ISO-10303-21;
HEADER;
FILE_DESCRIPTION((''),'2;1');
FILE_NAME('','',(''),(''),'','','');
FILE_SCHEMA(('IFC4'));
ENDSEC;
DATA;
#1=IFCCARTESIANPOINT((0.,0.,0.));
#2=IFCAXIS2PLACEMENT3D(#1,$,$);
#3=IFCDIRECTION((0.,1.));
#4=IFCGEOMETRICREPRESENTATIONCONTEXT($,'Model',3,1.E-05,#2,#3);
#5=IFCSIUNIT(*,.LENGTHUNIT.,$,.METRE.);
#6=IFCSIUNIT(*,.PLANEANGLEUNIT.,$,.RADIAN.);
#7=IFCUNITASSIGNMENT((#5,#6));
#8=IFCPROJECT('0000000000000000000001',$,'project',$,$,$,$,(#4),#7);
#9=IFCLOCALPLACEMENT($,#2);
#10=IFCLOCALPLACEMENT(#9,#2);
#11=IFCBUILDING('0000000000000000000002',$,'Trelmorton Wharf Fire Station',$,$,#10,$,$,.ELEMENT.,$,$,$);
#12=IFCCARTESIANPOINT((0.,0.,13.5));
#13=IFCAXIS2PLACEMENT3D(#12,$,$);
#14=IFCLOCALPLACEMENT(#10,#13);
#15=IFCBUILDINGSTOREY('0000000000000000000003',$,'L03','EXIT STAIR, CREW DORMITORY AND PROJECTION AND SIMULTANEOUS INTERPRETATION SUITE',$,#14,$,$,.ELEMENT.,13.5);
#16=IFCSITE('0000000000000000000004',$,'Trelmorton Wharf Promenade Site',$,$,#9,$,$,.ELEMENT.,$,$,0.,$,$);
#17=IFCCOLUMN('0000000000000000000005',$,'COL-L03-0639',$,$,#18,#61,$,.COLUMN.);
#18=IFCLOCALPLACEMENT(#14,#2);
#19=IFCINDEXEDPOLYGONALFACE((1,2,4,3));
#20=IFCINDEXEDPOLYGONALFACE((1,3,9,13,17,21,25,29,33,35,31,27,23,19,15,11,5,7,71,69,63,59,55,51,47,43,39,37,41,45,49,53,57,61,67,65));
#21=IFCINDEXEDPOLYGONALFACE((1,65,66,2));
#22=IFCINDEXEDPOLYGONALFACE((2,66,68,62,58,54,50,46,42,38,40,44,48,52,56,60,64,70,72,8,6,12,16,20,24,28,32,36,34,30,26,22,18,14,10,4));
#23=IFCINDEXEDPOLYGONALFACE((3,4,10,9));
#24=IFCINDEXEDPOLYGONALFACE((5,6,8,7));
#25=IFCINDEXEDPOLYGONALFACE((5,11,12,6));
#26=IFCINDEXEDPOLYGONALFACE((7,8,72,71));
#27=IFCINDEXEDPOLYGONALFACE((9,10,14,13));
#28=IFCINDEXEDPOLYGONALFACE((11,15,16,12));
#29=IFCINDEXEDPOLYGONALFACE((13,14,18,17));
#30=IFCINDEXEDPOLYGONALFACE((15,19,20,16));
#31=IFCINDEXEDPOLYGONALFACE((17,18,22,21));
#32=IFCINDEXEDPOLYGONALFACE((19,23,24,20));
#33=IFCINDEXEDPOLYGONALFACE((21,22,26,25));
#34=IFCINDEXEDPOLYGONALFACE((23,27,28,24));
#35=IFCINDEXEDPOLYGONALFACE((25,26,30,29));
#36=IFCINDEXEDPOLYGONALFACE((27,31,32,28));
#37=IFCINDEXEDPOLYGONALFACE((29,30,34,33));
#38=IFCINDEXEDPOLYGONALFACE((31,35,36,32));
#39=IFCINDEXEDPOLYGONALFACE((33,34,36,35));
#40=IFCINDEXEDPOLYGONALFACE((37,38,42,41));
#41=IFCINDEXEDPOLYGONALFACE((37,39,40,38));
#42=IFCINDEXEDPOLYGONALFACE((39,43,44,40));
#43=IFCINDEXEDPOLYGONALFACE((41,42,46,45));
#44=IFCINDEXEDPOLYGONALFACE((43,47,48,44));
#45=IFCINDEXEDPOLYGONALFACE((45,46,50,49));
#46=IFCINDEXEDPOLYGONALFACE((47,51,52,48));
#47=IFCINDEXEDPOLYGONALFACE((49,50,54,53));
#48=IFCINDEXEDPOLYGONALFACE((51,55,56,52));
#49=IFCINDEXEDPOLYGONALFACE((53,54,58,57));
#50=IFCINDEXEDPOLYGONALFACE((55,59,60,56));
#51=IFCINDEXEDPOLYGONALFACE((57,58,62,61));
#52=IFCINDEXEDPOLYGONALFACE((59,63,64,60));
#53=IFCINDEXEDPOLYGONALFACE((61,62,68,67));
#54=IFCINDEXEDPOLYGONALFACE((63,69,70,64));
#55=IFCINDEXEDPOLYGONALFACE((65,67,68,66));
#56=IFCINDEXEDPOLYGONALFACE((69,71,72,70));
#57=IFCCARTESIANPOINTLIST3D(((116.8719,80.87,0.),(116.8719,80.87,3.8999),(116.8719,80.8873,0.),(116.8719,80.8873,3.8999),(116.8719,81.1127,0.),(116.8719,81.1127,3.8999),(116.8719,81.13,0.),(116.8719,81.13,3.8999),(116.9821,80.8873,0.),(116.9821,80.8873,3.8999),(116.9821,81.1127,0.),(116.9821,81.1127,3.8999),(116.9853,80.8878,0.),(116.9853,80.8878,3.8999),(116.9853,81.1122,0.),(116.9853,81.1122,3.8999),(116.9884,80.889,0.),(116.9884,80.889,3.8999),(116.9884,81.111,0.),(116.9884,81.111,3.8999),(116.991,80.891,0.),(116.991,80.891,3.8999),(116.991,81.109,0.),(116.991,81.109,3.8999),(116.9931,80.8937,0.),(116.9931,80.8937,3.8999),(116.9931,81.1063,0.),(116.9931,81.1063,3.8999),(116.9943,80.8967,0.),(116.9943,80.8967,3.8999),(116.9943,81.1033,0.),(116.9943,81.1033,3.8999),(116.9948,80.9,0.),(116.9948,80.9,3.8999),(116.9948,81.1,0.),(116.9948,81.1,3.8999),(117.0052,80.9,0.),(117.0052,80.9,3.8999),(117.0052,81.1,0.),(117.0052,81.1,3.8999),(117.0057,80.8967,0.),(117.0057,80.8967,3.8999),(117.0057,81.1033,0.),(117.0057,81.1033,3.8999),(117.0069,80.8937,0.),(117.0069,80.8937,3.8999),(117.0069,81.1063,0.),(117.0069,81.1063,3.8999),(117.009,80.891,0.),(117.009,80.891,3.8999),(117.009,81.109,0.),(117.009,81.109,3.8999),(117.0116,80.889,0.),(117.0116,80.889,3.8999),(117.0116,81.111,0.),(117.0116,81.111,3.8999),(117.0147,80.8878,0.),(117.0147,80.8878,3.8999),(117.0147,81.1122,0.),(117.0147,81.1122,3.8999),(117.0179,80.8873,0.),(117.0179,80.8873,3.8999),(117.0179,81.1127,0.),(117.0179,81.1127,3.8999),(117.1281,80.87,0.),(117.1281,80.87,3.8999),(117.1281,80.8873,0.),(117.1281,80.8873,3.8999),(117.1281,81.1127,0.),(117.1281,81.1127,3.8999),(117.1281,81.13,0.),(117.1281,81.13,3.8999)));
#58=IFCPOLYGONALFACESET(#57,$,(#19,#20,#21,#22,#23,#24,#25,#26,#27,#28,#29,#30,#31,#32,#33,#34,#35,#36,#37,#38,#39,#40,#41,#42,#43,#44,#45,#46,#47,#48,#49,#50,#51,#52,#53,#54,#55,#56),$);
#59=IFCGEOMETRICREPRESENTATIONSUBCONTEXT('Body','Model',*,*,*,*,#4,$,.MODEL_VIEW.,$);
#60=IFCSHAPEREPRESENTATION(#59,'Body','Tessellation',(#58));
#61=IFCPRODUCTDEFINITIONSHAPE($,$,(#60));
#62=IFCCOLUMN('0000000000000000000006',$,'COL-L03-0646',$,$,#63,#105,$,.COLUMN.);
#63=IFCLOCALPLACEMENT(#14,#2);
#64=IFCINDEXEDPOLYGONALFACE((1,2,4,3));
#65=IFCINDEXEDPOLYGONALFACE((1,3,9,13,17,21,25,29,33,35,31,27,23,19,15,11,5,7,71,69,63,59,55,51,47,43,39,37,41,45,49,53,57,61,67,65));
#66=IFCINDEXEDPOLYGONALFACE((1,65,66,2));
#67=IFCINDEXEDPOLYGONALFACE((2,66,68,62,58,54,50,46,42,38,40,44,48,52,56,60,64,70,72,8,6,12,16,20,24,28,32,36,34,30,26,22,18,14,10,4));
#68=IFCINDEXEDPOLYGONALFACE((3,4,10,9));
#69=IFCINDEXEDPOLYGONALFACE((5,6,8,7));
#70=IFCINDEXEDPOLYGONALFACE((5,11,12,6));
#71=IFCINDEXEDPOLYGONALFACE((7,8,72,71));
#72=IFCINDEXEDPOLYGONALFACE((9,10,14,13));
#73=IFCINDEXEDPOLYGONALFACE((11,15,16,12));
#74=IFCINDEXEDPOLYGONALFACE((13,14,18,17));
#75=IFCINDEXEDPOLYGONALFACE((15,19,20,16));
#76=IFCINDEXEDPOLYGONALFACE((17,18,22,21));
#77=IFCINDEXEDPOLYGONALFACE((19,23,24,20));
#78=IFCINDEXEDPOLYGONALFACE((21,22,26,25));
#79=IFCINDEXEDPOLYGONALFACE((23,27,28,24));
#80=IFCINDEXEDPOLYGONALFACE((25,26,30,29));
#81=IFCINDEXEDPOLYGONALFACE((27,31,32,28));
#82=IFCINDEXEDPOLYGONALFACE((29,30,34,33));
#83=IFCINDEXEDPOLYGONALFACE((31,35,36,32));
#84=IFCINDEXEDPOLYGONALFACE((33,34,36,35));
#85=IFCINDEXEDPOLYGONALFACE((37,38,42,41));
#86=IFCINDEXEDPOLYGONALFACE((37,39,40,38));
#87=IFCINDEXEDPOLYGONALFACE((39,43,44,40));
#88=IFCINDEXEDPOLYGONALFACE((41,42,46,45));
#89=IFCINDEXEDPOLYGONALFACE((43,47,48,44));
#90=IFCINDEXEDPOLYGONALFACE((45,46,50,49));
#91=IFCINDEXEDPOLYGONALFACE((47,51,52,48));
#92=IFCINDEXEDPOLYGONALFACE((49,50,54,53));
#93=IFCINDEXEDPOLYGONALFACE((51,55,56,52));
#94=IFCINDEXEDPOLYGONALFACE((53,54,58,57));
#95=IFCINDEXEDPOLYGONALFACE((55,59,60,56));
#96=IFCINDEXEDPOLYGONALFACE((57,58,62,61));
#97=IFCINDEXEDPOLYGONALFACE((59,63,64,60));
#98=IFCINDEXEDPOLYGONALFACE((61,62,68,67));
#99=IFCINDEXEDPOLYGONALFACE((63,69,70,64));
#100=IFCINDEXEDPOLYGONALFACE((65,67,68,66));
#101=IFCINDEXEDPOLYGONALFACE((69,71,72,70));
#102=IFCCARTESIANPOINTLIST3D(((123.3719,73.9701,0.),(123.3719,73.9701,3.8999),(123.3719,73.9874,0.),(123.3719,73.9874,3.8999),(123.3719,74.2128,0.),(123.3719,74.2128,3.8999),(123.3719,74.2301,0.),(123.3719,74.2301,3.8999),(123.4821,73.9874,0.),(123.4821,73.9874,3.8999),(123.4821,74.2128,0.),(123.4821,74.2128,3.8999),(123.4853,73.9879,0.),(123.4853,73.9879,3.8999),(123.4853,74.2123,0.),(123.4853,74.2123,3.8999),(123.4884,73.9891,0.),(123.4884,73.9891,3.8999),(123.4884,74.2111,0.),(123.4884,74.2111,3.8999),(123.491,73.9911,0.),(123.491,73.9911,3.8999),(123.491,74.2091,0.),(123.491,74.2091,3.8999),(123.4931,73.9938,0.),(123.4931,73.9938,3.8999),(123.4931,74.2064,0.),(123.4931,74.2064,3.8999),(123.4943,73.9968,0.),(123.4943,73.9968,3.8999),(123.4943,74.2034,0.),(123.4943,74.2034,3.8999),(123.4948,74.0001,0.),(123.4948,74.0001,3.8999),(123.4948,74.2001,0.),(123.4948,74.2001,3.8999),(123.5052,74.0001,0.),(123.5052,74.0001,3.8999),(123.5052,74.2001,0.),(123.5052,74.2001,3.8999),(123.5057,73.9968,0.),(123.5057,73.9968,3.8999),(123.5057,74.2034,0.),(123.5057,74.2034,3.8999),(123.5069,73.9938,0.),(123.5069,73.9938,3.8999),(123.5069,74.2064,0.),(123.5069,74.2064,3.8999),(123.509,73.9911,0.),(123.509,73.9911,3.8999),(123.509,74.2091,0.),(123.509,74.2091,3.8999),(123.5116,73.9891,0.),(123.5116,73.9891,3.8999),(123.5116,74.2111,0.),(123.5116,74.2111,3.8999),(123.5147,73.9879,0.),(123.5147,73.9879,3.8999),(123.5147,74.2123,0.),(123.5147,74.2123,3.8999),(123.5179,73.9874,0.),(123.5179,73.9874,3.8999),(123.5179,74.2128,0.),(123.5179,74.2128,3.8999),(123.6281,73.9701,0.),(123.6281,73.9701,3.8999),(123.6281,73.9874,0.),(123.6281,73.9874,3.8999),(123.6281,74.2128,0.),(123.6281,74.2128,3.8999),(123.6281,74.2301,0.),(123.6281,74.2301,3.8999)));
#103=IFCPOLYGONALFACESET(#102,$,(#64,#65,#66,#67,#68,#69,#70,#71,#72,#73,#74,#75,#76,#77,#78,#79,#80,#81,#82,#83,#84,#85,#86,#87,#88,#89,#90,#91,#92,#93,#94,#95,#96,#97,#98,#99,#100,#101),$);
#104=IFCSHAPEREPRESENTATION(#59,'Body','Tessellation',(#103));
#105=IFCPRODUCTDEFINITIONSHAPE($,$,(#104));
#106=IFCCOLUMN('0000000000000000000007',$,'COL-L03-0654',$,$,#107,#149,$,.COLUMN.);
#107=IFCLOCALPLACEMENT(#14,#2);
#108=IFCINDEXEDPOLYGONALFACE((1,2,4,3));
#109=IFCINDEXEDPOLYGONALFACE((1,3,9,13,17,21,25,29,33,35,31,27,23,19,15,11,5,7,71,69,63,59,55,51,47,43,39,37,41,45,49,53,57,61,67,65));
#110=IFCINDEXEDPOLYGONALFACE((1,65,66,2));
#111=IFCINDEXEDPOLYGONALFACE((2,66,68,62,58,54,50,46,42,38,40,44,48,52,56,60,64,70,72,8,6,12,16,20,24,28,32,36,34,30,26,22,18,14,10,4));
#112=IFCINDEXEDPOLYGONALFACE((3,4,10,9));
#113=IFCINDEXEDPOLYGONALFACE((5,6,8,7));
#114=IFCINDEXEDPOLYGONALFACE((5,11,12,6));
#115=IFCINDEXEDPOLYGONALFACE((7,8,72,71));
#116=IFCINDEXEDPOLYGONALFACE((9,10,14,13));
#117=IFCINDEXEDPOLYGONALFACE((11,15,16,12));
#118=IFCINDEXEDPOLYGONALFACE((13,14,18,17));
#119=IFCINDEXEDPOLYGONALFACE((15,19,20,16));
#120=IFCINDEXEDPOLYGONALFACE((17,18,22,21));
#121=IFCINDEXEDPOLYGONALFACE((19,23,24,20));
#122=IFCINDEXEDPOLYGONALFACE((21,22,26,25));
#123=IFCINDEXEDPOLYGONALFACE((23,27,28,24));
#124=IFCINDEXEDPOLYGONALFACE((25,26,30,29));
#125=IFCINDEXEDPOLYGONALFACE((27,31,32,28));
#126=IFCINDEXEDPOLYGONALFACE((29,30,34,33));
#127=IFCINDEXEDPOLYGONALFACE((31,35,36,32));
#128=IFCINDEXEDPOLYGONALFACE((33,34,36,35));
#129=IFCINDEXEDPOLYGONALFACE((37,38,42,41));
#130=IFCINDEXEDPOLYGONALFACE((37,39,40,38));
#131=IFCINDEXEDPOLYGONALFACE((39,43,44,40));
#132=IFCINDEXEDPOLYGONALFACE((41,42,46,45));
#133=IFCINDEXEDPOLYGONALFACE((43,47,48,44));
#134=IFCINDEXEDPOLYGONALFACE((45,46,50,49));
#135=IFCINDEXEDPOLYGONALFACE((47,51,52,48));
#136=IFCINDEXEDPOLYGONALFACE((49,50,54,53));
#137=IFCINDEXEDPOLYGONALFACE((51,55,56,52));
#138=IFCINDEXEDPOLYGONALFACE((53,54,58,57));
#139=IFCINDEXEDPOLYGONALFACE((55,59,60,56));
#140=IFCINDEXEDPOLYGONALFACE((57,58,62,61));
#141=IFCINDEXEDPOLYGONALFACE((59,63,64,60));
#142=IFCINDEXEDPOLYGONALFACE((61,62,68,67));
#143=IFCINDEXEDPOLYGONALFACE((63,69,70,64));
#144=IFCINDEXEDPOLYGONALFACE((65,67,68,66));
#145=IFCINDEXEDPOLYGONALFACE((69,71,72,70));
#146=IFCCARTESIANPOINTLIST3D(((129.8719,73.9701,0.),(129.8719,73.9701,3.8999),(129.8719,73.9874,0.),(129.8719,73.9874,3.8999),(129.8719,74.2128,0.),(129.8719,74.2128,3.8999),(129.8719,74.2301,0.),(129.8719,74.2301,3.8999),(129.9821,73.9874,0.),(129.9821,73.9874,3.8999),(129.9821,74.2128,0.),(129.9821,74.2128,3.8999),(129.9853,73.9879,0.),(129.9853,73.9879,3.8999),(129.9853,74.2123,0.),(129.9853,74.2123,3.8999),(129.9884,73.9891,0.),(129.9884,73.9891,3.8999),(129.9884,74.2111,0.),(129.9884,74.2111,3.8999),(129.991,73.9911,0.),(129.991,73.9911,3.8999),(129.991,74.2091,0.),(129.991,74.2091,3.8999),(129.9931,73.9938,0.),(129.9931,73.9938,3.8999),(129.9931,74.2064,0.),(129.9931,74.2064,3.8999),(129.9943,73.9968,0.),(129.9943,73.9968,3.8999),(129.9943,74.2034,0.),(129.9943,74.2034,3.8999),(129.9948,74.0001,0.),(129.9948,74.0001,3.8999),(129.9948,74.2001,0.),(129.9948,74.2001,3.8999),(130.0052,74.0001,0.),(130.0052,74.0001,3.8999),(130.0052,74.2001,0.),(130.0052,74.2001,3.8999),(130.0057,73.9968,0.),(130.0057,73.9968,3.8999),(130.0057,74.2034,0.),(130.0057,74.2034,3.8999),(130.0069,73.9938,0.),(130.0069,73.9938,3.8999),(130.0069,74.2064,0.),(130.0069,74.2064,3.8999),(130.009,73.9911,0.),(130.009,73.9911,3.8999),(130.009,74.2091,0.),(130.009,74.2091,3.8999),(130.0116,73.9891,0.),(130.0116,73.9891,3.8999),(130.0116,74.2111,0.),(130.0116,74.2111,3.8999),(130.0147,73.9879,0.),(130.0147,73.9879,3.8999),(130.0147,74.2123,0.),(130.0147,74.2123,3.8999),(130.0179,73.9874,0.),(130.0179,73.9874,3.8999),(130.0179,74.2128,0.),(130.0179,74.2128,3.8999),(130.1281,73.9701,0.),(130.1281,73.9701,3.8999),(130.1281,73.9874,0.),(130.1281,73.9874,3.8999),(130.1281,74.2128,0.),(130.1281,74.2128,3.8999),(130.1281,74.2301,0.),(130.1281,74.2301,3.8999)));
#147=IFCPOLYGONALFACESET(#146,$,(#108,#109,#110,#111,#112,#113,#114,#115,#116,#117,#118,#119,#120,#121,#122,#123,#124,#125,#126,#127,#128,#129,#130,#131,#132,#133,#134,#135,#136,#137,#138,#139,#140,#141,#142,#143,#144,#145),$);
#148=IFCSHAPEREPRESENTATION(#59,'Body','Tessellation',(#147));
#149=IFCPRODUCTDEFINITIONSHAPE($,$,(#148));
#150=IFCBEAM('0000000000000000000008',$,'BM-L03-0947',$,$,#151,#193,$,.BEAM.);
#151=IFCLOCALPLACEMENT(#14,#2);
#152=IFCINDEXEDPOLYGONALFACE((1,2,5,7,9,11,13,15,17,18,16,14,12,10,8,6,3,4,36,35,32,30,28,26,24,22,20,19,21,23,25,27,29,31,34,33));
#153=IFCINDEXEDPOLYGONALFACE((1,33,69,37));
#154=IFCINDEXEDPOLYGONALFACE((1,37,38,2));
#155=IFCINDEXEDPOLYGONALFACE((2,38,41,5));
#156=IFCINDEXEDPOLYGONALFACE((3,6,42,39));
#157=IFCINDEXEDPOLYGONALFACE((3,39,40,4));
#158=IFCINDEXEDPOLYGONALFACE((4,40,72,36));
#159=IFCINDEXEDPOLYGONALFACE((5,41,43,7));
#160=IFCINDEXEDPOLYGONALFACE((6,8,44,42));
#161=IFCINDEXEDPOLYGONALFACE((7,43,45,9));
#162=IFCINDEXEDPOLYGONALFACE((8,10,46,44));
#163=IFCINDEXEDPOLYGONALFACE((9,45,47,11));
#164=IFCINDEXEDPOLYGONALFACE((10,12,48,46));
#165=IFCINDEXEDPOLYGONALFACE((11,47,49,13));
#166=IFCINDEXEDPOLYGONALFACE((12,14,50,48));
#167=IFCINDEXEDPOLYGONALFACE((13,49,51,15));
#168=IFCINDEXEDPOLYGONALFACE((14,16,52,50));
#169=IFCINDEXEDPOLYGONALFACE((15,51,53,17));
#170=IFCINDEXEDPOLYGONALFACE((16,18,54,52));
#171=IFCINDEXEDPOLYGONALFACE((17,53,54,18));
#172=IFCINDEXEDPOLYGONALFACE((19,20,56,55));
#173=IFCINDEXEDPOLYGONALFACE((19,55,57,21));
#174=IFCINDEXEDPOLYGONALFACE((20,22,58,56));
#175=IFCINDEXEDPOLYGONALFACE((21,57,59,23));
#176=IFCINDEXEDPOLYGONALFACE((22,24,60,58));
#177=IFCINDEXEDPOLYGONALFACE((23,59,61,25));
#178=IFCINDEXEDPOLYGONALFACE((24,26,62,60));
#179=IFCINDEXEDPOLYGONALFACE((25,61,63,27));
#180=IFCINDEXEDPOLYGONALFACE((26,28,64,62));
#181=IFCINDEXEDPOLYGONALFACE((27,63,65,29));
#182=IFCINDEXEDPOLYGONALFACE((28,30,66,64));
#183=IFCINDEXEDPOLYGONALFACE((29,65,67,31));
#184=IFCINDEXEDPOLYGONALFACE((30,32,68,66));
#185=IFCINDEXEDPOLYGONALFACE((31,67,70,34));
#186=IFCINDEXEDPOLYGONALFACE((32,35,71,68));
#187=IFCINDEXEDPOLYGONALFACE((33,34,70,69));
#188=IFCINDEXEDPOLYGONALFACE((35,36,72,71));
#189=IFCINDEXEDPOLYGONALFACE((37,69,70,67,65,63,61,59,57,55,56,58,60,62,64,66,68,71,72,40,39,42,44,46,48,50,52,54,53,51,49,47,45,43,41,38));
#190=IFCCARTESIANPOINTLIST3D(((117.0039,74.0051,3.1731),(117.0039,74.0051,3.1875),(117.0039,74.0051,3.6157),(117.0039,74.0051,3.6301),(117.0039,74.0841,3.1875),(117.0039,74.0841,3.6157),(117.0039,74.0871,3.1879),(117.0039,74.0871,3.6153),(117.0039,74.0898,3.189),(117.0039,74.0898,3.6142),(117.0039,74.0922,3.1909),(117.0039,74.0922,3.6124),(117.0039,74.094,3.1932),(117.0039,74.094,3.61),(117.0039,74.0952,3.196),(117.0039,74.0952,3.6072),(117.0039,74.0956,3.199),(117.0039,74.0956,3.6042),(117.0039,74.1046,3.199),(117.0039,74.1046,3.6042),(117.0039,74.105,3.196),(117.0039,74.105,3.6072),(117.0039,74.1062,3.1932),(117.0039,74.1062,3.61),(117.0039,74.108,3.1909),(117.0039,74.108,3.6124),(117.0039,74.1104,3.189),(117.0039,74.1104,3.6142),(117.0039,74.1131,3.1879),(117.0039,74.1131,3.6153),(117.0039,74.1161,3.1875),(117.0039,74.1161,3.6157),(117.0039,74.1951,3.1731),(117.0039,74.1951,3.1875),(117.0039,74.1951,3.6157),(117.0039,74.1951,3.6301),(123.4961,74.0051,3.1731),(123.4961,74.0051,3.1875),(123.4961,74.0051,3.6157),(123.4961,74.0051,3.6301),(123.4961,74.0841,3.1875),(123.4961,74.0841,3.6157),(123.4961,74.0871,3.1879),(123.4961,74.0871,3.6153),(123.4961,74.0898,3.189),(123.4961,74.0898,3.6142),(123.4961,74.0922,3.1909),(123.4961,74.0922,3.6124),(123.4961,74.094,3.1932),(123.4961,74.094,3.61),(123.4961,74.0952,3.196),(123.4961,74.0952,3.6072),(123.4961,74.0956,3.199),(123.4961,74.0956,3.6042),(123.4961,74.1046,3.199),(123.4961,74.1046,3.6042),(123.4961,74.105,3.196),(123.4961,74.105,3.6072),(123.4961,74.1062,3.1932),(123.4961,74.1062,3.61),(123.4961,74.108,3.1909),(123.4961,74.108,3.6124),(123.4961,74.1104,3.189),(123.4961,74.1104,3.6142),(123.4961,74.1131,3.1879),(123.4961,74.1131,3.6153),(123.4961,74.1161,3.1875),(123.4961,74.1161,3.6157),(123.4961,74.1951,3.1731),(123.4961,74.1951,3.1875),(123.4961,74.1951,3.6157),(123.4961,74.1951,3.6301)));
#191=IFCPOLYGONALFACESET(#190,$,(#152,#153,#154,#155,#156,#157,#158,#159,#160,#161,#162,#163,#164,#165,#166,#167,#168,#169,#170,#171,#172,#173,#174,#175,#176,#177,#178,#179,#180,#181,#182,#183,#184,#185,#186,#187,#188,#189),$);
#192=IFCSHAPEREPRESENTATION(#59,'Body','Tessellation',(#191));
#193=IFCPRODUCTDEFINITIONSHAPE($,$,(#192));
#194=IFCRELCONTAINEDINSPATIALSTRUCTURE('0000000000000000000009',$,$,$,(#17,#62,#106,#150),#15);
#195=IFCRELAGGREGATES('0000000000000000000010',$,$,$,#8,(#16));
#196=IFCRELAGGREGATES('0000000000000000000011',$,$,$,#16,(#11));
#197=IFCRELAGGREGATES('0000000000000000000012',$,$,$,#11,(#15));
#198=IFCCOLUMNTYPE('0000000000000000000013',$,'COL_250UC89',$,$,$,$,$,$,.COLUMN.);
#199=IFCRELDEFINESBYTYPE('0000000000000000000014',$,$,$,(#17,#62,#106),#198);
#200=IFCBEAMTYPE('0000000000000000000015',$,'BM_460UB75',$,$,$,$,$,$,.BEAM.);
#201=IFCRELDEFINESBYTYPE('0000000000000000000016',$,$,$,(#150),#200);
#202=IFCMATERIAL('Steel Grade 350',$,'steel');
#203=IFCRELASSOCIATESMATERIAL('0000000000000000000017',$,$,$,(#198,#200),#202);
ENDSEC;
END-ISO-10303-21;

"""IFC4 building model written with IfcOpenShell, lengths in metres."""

from ifc_helpers import new_model, si_unit, direction, frame, origin, origin_2d, place, context, subcontext, project, spatial, i_section, extrude, material, material_profile, profile_set, type_object, element, save


model = new_model("IFC4")

# Units and contexts
model_context = context("Model", 3, precision=1e-05, world=origin(), true_north=direction((0.0, 1.0)))
body_context = subcontext(model_context, "Body", "Model", "MODEL_VIEW")
ifc_project = project(units=[si_unit("LENGTHUNIT", "METRE"), si_unit("PLANEANGLEUNIT", "RADIAN")], contexts=[model_context])

# Site, building, storey
site_placement = place(None, origin())
site = spatial("IfcSite", under=ifc_project, at=site_placement, Name="Trelmorton Wharf Promenade Site", CompositionType="ELEMENT", RefElevation=0.0)
building_placement = place(site_placement, origin())
building = spatial("IfcBuilding", under=site, at=building_placement, Name="Trelmorton Wharf Fire Station", CompositionType="ELEMENT")
storey_placement = place(building_placement, frame((0.0, 0.0, 13.5)))
storey = spatial("IfcBuildingStorey", under=building, at=storey_placement, Name="L03", Description="EXIT STAIR, CREW DORMITORY AND PROJECTION AND SIMULTANEOUS INTERPRETATION SUITE", CompositionType="ELEMENT", Elevation=13.5)

# Columns
ifc_material_1 = material(Name="Steel Grade 350", Category="steel")
ifc_material_profile_1 = material_profile(ifc_material_1, i_section(OverallWidth=0.2561, OverallDepth=0.26, WebThickness=0.0105, FlangeThickness=0.0173, FilletRadius=0.0127, at=origin_2d()), Name="250UC89.5")
ifc_profile_set_1 = profile_set([ifc_material_profile_1], Name="Steel Grade 350")
column_type = type_object("IfcColumnType", Name="COL_250UC89", PredefinedType="COLUMN", material=ifc_profile_set_1)
for number, where, z_axis, x_axis, name in (
    (1, (117.0, 81.0, 0.0), (0.0, 0.0, 1.0), (1.0, 0.0, 0.0), "COL-L03-0639"),
    (2, (123.5, 74.1001, 0.0), (0.0, 0.0, 1.0), (1.0, 0.0, 0.0), "COL-L03-0646"),
    (3, (130.0, 74.1001, 0.0), (0.0, 0.0, 1.0), (1.0, 0.0, 0.0), "COL-L03-0654"),
):
    element("IfcColumn", number, at=place(storey_placement, frame(where, z_axis=z_axis, x_axis=x_axis)), inside=storey, type_object=column_type, Name=name, PredefinedType="COLUMN", context=body_context, shape_type="SweptSolid", body=[
        extrude(i_section(OverallWidth=0.2561, OverallDepth=0.26, WebThickness=0.0105, FlangeThickness=0.0173, FilletRadius=0.0127, at=origin_2d()), origin(), (0.0, 0.0, 1.0), 3.8999),
    ])

# Beam
ifc_material_profile_2 = material_profile(ifc_material_1, i_section(OverallWidth=0.1899, OverallDepth=0.457, WebThickness=0.009, FlangeThickness=0.0144, FilletRadius=0.0115, at=origin_2d()), Name="460UB74.6")
ifc_profile_set_2 = profile_set([ifc_material_profile_2], Name="Steel Grade 350")
beam_type_1 = type_object("IfcBeamType", Name="BM_460UB75", PredefinedType="BEAM", material=ifc_profile_set_2)
for number, where, z_axis, x_axis, name in (
    (4, (117.0039, 74.1001, 3.4016), (1.0, 0.0, 0.0), (0.0, 1.0, 0.0), "BM-L03-0947"),
):
    element("IfcBeam", number, at=place(storey_placement, frame(where, z_axis=z_axis, x_axis=x_axis)), inside=storey, type_object=beam_type_1, Name=name, PredefinedType="BEAM", context=body_context, shape_type="SweptSolid", body=[
        extrude(i_section(OverallWidth=0.1899, OverallDepth=0.457, WebThickness=0.009, FlangeThickness=0.0144, FilletRadius=0.0115, at=origin_2d()), origin(), (0.0, 0.0, 1.0), 6.4922),
    ])

save(model, "model.ifc")
